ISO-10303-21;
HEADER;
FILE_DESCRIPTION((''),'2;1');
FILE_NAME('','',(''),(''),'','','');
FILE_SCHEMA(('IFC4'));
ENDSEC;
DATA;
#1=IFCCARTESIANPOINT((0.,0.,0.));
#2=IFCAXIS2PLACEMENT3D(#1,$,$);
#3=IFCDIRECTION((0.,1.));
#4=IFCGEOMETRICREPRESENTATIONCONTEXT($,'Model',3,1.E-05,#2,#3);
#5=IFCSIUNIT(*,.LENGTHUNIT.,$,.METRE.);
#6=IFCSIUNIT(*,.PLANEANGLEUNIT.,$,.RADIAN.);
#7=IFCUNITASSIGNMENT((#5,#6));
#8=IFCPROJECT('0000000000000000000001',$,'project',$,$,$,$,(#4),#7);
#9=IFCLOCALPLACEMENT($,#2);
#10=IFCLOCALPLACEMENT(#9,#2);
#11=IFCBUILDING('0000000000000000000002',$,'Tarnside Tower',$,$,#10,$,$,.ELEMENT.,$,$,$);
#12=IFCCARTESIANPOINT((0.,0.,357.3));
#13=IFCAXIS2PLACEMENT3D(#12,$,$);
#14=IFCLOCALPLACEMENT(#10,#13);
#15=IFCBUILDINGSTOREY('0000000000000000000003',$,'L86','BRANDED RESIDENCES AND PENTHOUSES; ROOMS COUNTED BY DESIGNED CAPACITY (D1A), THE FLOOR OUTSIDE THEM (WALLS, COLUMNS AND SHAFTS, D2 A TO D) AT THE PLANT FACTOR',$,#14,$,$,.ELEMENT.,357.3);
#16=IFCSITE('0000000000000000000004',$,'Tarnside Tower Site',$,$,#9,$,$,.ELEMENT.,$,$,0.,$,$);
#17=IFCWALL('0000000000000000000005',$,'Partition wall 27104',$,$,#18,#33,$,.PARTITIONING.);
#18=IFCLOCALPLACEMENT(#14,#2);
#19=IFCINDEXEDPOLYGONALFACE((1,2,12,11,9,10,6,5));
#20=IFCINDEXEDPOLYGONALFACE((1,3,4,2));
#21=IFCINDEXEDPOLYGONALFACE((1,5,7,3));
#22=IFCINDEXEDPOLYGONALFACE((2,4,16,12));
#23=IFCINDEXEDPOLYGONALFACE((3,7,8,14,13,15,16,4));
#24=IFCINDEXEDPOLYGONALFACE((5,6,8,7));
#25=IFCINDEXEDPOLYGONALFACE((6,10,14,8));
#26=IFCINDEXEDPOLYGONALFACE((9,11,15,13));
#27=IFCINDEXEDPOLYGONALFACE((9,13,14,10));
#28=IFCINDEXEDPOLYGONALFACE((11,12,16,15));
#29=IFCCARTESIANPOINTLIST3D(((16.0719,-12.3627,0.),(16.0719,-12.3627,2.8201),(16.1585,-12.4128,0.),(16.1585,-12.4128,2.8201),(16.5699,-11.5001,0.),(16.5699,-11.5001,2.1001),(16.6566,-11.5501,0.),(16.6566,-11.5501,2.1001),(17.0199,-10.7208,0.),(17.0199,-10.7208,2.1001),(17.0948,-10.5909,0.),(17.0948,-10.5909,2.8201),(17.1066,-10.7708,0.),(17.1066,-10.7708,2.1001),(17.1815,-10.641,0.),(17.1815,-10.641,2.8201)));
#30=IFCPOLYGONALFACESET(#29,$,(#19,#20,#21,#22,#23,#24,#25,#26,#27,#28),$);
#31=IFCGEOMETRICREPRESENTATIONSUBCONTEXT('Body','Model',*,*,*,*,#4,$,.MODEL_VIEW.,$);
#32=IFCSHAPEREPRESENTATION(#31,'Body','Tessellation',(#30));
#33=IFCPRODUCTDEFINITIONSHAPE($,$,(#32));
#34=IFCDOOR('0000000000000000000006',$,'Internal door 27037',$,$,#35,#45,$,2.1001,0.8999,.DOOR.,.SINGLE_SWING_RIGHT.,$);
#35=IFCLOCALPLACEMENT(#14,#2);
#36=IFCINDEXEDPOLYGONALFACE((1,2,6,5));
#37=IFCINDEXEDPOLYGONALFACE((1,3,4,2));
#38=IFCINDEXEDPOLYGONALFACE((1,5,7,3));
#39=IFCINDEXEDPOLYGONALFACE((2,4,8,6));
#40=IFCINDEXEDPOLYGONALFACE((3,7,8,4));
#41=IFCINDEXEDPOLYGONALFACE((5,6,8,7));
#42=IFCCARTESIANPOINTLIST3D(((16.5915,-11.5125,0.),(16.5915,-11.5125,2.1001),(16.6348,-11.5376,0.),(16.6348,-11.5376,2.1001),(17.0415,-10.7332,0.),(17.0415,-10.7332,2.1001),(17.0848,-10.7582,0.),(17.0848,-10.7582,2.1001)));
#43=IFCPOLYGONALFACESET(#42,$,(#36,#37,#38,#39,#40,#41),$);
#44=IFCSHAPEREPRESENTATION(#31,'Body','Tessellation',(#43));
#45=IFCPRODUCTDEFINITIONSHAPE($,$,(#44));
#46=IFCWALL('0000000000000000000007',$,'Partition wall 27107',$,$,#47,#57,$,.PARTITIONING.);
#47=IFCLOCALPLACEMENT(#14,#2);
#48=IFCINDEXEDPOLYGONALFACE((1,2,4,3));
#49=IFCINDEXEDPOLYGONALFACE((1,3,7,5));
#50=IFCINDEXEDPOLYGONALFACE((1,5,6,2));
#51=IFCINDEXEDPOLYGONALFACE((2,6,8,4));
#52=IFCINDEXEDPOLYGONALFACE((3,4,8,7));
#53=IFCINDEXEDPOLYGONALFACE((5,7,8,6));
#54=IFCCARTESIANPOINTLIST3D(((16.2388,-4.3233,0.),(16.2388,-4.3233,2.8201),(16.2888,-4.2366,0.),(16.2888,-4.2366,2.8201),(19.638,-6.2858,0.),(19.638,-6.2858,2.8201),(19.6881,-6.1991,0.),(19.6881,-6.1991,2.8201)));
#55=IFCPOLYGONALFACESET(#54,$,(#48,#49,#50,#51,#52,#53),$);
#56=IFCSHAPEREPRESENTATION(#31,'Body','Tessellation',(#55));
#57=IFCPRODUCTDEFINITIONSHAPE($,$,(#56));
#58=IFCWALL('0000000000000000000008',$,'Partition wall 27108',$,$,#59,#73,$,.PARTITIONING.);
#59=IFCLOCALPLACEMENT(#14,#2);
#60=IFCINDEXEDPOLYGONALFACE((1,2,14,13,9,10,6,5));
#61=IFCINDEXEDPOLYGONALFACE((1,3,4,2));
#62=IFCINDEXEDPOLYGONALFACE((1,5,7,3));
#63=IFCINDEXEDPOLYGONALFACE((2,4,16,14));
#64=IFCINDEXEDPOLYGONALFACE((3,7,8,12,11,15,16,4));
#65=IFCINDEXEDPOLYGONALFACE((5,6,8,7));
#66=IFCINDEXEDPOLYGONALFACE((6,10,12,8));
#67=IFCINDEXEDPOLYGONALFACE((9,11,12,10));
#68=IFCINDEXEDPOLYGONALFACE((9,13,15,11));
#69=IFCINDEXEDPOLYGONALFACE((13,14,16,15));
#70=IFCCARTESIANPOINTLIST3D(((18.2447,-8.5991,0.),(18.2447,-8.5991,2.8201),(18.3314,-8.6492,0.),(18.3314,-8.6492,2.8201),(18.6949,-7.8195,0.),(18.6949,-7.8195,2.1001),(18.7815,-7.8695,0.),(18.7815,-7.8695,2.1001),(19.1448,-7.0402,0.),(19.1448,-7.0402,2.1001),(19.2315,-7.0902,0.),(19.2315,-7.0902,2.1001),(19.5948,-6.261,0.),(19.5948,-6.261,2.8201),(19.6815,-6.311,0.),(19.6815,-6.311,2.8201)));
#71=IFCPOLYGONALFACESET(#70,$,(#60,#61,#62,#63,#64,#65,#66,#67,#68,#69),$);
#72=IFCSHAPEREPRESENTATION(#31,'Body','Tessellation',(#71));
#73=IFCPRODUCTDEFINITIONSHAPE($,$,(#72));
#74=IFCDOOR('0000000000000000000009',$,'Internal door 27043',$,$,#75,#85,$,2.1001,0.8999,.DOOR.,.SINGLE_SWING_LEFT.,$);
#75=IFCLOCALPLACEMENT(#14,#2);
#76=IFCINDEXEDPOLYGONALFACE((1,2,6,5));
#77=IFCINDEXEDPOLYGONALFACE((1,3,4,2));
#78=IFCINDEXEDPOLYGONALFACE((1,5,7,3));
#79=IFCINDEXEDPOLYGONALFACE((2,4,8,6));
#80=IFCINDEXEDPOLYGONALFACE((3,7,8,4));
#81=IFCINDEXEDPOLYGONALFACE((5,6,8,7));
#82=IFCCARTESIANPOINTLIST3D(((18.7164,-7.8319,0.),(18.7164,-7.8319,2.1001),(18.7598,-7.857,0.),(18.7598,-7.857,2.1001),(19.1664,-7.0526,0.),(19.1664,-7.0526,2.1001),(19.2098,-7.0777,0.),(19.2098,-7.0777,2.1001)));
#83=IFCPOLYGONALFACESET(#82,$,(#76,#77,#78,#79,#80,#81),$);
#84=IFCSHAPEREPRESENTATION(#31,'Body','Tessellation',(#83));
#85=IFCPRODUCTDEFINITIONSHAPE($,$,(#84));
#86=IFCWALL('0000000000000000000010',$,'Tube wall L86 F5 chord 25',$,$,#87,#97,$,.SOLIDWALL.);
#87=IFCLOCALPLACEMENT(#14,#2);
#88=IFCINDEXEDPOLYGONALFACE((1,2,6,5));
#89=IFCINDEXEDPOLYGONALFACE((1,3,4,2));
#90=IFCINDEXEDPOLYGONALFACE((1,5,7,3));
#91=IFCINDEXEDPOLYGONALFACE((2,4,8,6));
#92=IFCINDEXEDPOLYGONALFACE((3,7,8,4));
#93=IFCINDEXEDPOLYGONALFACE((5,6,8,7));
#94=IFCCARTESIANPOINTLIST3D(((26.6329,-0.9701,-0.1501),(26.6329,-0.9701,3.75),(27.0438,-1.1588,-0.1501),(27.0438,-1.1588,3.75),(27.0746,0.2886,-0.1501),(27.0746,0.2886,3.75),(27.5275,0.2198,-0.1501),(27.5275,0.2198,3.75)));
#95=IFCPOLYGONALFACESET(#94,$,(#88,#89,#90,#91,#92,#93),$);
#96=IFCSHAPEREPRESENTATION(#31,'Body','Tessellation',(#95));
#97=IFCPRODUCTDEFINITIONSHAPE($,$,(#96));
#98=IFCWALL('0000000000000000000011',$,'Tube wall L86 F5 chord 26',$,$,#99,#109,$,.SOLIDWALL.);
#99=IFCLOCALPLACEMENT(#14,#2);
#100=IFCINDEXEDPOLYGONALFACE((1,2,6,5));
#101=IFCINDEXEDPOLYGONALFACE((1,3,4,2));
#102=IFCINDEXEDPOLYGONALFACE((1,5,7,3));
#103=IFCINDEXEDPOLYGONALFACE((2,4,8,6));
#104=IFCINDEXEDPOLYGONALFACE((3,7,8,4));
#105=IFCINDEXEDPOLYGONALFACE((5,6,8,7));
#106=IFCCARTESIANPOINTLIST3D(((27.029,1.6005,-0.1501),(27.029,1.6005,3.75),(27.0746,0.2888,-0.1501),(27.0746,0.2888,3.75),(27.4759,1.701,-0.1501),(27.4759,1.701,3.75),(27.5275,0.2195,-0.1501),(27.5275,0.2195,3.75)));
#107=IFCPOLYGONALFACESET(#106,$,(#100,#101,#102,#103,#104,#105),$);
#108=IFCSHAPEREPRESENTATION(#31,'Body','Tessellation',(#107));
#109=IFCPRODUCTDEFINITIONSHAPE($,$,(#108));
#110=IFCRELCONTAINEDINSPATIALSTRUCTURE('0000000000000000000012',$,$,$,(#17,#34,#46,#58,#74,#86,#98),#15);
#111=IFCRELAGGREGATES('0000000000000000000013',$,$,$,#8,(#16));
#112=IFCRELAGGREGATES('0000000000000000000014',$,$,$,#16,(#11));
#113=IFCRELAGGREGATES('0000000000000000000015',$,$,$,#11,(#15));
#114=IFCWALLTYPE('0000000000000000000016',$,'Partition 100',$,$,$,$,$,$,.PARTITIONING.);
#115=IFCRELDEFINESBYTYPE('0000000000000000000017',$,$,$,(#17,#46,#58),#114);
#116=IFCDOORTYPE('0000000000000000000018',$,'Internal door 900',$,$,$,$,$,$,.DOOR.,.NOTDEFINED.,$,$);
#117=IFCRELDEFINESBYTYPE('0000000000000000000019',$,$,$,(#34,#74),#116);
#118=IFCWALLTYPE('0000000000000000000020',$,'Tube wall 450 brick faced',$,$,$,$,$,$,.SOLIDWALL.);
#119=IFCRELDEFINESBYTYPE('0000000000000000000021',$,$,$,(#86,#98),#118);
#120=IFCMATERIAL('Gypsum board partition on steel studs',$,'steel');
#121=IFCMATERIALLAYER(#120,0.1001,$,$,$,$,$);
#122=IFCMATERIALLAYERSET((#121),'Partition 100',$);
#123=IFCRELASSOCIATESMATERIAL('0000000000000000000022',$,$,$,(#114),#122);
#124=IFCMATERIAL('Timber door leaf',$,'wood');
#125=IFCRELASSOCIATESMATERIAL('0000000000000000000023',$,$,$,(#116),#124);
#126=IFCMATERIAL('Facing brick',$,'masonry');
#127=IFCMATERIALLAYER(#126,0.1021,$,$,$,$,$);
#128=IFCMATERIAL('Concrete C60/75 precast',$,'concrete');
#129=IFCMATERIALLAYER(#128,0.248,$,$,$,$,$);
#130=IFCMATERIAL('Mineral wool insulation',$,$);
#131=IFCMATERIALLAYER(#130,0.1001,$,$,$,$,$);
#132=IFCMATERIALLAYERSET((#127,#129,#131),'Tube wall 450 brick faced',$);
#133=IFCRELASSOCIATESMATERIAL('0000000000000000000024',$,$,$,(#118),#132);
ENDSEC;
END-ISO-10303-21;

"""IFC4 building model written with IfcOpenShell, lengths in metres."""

from ifc_helpers import new_model, si_unit, direction, frame, frame_2d, origin, place, context, subcontext, project, spatial, polyline, rectangle, outline, extrude, material, layer, layer_set, type_object, element, fill, save


model = new_model("IFC4")

# Units and contexts
model_context = context("Model", 3, precision=1e-05, world=origin(), true_north=direction((0.0, 1.0)))
body_context = subcontext(model_context, "Body", "Model", "MODEL_VIEW")
ifc_project = project(units=[si_unit("LENGTHUNIT", "METRE"), si_unit("PLANEANGLEUNIT", "RADIAN")], contexts=[model_context])

# Site, building, storey
site_placement = place(None, origin())
site = spatial("IfcSite", under=ifc_project, at=site_placement, Name="Tarnside Tower Site", CompositionType="ELEMENT", RefElevation=0.0)
building_placement = place(site_placement, origin())
building = spatial("IfcBuilding", under=site, at=building_placement, Name="Tarnside Tower", CompositionType="ELEMENT")
storey_placement = place(building_placement, frame((0.0, 0.0, 357.3)))
storey = spatial("IfcBuildingStorey", under=building, at=storey_placement, Name="L86", Description="BRANDED RESIDENCES AND PENTHOUSES; ROOMS COUNTED BY DESIGNED CAPACITY (D1A), THE FLOOR OUTSIDE THEM (WALLS, COLUMNS AND SHAFTS, D2 A TO D) AT THE PLANT FACTOR", CompositionType="ELEMENT", Elevation=357.3)

# Shared definitions
ifc_material_1 = material(Name="Gypsum board partition on steel studs", Category="steel")

# Shared definitions
ifc_material_2 = material(Name="Timber door leaf", Category="wood")

# Wall, opening, door
ifc_layer_1 = layer(ifc_material_1, 0.1001)
ifc_layer_set_1 = layer_set([ifc_layer_1], Name="Partition 100")
wall_type_1 = type_object("IfcWallType", Name="Partition 100", PredefinedType="PARTITIONING", material=ifc_layer_set_1)
wall_1_placement = place(storey_placement, frame((17.1382, -10.616, 0.0), z_axis=(0.0, 0.0, 1.0), x_axis=(-0.500015, -0.866017, 0.0)))
wall_1 = element("IfcWall", 1, at=wall_1_placement, inside=storey, type_object=wall_type_1, Name="Partition wall 27104", PredefinedType="PARTITIONING", context=body_context, shape_type="SweptSolid", body=[
    extrude(rectangle(XDim=2.0459, YDim=0.1001, at=frame_2d((1.0229, 0.0))), origin(), (0.0, 0.0, 1.0), 2.8201),
])
opening_1_placement = place(wall_1_placement, frame((0.1499, 0.0, 0.0)))
opening_1 = element("IfcOpeningElement", 2, at=opening_1_placement, cuts=wall_1, PredefinedType="OPENING", context=body_context, shape_type="SweptSolid", body=[
    extrude(rectangle(XDim=0.8999, YDim=2.1001, at=frame_2d((0.45, 1.05))), frame((0.0, 0.0601, 0.0), z_axis=(0.0, -1.0, 0.0), x_axis=(1.0, 0.0, 0.0)), (0.0, 0.0, 1.0), 0.1201),
])
door_type_1 = type_object("IfcDoorType", Name="Internal door 900", OperationType="NOTDEFINED", PredefinedType="DOOR", material=ifc_material_2)
door_1_placement = place(opening_1_placement, origin())
door_1 = element("IfcDoor", 3, at=door_1_placement, inside=storey, type_object=door_type_1, Name="Internal door 27037", OperationType="SINGLE_SWING_RIGHT", OverallHeight=2.1001, OverallWidth=0.8999, PredefinedType="DOOR", context=body_context, shape_type="SweptSolid", body=[
    extrude(rectangle(XDim=0.8999, YDim=2.1001, at=frame_2d((0.45, 1.05))), frame((0.0, 0.0249, 0.0), z_axis=(0.0, -1.0, 0.0), x_axis=(1.0, 0.0, 0.0)), (0.0, 0.0, 1.0), 0.05),
])
fill(opening_1, door_1)

# Wall
wall_2_placement = place(storey_placement, frame((16.2639, -4.28, 0.0), z_axis=(0.0, 0.0, 1.0), x_axis=(0.866037, -0.499979, 0.0)))
element("IfcWall", 4, at=wall_2_placement, inside=storey, type_object=wall_type_1, Name="Partition wall 27107", PredefinedType="PARTITIONING", context=body_context, shape_type="SweptSolid", body=[
    extrude(rectangle(XDim=3.925, YDim=0.1001, at=frame_2d((1.9624, 0.0))), origin(), (0.0, 0.0, 1.0), 2.8201),
])

# Wall, opening, door
wall_3_placement = place(storey_placement, frame((19.6382, -6.2859, 0.0), z_axis=(0.0, 0.0, 1.0), x_axis=(-0.500049, -0.865997, 0.0)))
wall_3 = element("IfcWall", 5, at=wall_3_placement, inside=storey, type_object=wall_type_1, Name="Partition wall 27108", PredefinedType="PARTITIONING", context=body_context, shape_type="SweptSolid", body=[
    extrude(rectangle(XDim=2.7, YDim=0.1001, at=frame_2d((1.3501, 0.0))), origin(), (0.0, 0.0, 1.0), 2.8201),
])
opening_2_placement = place(wall_3_placement, frame((0.8999, 0.0, 0.0)))
opening_2 = element("IfcOpeningElement", 6, at=opening_2_placement, cuts=wall_3, PredefinedType="OPENING", context=body_context, shape_type="SweptSolid", body=[
    extrude(rectangle(XDim=0.8999, YDim=2.1001, at=frame_2d((0.45, 1.05))), frame((0.0, 0.0601, 0.0), z_axis=(0.0, -1.0, 0.0), x_axis=(1.0, 0.0, 0.0)), (0.0, 0.0, 1.0), 0.1201),
])
door_2_placement = place(opening_2_placement, origin())
door_2 = element("IfcDoor", 7, at=door_2_placement, inside=storey, type_object=door_type_1, Name="Internal door 27043", OperationType="SINGLE_SWING_LEFT", OverallHeight=2.1001, OverallWidth=0.8999, PredefinedType="DOOR", context=body_context, shape_type="SweptSolid", body=[
    extrude(rectangle(XDim=0.8999, YDim=2.1001, at=frame_2d((0.45, 1.05))), frame((0.0, 0.0249, 0.0), z_axis=(0.0, -1.0, 0.0), x_axis=(1.0, 0.0, 0.0)), (0.0, 0.0, 1.0), 0.05),
])
fill(opening_2, door_2)

# Walls
ifc_material_3 = material(Name="Facing brick", Category="masonry")
ifc_layer_2 = layer(ifc_material_3, 0.1021)
ifc_material_4 = material(Name="Concrete C60/75 precast", Category="concrete")
ifc_layer_3 = layer(ifc_material_4, 0.248)
ifc_material_5 = material(Name="Mineral wool insulation")
ifc_layer_4 = layer(ifc_material_5, 0.1001)
ifc_layer_set_2 = layer_set([ifc_layer_2, ifc_layer_3, ifc_layer_4], Name="Tube wall 450 brick faced")
wall_type_2 = type_object("IfcWallType", Name="Tube wall 450 brick faced", PredefinedType="SOLIDWALL", material=ifc_layer_set_2)
wall_4_placement = place(storey_placement, frame((26.8384, -1.0645, -0.1501), z_axis=(0.0, 0.0, 1.0), x_axis=(0.331074, 0.943605, 0.0)))
element("IfcWall", 8, at=wall_4_placement, inside=storey, type_object=wall_type_2, Name="Tube wall L86 F5 chord 25", PredefinedType="SOLIDWALL", context=body_context, shape_type="SweptSolid", body=[
    extrude(outline(polyline([(-0.021, -0.2251), (1.4399, -0.2251), (1.355, 0.2251), (0.021, 0.2251), (-0.021, -0.2251)])), origin(), (0.0, 0.0, 1.0), 3.9001),
])
wall_5_placement = place(storey_placement, frame((27.301, 0.2542, -0.1501), z_axis=(0.0, 0.0, 1.0), x_axis=(-0.034763, 0.999396, 0.0)))
element("IfcWall", 9, at=wall_5_placement, inside=storey, type_object=wall_type_2, Name="Tube wall L86 F5 chord 26", PredefinedType="SOLIDWALL", context=body_context, shape_type="SweptSolid", body=[
    extrude(outline(polyline([(-0.0425, -0.2251), (1.4399, -0.2251), (1.355, 0.2251), (0.0425, 0.2251), (-0.0425, -0.2251)])), origin(), (0.0, 0.0, 1.0), 3.9001),
])

save(model, "model.ifc")
